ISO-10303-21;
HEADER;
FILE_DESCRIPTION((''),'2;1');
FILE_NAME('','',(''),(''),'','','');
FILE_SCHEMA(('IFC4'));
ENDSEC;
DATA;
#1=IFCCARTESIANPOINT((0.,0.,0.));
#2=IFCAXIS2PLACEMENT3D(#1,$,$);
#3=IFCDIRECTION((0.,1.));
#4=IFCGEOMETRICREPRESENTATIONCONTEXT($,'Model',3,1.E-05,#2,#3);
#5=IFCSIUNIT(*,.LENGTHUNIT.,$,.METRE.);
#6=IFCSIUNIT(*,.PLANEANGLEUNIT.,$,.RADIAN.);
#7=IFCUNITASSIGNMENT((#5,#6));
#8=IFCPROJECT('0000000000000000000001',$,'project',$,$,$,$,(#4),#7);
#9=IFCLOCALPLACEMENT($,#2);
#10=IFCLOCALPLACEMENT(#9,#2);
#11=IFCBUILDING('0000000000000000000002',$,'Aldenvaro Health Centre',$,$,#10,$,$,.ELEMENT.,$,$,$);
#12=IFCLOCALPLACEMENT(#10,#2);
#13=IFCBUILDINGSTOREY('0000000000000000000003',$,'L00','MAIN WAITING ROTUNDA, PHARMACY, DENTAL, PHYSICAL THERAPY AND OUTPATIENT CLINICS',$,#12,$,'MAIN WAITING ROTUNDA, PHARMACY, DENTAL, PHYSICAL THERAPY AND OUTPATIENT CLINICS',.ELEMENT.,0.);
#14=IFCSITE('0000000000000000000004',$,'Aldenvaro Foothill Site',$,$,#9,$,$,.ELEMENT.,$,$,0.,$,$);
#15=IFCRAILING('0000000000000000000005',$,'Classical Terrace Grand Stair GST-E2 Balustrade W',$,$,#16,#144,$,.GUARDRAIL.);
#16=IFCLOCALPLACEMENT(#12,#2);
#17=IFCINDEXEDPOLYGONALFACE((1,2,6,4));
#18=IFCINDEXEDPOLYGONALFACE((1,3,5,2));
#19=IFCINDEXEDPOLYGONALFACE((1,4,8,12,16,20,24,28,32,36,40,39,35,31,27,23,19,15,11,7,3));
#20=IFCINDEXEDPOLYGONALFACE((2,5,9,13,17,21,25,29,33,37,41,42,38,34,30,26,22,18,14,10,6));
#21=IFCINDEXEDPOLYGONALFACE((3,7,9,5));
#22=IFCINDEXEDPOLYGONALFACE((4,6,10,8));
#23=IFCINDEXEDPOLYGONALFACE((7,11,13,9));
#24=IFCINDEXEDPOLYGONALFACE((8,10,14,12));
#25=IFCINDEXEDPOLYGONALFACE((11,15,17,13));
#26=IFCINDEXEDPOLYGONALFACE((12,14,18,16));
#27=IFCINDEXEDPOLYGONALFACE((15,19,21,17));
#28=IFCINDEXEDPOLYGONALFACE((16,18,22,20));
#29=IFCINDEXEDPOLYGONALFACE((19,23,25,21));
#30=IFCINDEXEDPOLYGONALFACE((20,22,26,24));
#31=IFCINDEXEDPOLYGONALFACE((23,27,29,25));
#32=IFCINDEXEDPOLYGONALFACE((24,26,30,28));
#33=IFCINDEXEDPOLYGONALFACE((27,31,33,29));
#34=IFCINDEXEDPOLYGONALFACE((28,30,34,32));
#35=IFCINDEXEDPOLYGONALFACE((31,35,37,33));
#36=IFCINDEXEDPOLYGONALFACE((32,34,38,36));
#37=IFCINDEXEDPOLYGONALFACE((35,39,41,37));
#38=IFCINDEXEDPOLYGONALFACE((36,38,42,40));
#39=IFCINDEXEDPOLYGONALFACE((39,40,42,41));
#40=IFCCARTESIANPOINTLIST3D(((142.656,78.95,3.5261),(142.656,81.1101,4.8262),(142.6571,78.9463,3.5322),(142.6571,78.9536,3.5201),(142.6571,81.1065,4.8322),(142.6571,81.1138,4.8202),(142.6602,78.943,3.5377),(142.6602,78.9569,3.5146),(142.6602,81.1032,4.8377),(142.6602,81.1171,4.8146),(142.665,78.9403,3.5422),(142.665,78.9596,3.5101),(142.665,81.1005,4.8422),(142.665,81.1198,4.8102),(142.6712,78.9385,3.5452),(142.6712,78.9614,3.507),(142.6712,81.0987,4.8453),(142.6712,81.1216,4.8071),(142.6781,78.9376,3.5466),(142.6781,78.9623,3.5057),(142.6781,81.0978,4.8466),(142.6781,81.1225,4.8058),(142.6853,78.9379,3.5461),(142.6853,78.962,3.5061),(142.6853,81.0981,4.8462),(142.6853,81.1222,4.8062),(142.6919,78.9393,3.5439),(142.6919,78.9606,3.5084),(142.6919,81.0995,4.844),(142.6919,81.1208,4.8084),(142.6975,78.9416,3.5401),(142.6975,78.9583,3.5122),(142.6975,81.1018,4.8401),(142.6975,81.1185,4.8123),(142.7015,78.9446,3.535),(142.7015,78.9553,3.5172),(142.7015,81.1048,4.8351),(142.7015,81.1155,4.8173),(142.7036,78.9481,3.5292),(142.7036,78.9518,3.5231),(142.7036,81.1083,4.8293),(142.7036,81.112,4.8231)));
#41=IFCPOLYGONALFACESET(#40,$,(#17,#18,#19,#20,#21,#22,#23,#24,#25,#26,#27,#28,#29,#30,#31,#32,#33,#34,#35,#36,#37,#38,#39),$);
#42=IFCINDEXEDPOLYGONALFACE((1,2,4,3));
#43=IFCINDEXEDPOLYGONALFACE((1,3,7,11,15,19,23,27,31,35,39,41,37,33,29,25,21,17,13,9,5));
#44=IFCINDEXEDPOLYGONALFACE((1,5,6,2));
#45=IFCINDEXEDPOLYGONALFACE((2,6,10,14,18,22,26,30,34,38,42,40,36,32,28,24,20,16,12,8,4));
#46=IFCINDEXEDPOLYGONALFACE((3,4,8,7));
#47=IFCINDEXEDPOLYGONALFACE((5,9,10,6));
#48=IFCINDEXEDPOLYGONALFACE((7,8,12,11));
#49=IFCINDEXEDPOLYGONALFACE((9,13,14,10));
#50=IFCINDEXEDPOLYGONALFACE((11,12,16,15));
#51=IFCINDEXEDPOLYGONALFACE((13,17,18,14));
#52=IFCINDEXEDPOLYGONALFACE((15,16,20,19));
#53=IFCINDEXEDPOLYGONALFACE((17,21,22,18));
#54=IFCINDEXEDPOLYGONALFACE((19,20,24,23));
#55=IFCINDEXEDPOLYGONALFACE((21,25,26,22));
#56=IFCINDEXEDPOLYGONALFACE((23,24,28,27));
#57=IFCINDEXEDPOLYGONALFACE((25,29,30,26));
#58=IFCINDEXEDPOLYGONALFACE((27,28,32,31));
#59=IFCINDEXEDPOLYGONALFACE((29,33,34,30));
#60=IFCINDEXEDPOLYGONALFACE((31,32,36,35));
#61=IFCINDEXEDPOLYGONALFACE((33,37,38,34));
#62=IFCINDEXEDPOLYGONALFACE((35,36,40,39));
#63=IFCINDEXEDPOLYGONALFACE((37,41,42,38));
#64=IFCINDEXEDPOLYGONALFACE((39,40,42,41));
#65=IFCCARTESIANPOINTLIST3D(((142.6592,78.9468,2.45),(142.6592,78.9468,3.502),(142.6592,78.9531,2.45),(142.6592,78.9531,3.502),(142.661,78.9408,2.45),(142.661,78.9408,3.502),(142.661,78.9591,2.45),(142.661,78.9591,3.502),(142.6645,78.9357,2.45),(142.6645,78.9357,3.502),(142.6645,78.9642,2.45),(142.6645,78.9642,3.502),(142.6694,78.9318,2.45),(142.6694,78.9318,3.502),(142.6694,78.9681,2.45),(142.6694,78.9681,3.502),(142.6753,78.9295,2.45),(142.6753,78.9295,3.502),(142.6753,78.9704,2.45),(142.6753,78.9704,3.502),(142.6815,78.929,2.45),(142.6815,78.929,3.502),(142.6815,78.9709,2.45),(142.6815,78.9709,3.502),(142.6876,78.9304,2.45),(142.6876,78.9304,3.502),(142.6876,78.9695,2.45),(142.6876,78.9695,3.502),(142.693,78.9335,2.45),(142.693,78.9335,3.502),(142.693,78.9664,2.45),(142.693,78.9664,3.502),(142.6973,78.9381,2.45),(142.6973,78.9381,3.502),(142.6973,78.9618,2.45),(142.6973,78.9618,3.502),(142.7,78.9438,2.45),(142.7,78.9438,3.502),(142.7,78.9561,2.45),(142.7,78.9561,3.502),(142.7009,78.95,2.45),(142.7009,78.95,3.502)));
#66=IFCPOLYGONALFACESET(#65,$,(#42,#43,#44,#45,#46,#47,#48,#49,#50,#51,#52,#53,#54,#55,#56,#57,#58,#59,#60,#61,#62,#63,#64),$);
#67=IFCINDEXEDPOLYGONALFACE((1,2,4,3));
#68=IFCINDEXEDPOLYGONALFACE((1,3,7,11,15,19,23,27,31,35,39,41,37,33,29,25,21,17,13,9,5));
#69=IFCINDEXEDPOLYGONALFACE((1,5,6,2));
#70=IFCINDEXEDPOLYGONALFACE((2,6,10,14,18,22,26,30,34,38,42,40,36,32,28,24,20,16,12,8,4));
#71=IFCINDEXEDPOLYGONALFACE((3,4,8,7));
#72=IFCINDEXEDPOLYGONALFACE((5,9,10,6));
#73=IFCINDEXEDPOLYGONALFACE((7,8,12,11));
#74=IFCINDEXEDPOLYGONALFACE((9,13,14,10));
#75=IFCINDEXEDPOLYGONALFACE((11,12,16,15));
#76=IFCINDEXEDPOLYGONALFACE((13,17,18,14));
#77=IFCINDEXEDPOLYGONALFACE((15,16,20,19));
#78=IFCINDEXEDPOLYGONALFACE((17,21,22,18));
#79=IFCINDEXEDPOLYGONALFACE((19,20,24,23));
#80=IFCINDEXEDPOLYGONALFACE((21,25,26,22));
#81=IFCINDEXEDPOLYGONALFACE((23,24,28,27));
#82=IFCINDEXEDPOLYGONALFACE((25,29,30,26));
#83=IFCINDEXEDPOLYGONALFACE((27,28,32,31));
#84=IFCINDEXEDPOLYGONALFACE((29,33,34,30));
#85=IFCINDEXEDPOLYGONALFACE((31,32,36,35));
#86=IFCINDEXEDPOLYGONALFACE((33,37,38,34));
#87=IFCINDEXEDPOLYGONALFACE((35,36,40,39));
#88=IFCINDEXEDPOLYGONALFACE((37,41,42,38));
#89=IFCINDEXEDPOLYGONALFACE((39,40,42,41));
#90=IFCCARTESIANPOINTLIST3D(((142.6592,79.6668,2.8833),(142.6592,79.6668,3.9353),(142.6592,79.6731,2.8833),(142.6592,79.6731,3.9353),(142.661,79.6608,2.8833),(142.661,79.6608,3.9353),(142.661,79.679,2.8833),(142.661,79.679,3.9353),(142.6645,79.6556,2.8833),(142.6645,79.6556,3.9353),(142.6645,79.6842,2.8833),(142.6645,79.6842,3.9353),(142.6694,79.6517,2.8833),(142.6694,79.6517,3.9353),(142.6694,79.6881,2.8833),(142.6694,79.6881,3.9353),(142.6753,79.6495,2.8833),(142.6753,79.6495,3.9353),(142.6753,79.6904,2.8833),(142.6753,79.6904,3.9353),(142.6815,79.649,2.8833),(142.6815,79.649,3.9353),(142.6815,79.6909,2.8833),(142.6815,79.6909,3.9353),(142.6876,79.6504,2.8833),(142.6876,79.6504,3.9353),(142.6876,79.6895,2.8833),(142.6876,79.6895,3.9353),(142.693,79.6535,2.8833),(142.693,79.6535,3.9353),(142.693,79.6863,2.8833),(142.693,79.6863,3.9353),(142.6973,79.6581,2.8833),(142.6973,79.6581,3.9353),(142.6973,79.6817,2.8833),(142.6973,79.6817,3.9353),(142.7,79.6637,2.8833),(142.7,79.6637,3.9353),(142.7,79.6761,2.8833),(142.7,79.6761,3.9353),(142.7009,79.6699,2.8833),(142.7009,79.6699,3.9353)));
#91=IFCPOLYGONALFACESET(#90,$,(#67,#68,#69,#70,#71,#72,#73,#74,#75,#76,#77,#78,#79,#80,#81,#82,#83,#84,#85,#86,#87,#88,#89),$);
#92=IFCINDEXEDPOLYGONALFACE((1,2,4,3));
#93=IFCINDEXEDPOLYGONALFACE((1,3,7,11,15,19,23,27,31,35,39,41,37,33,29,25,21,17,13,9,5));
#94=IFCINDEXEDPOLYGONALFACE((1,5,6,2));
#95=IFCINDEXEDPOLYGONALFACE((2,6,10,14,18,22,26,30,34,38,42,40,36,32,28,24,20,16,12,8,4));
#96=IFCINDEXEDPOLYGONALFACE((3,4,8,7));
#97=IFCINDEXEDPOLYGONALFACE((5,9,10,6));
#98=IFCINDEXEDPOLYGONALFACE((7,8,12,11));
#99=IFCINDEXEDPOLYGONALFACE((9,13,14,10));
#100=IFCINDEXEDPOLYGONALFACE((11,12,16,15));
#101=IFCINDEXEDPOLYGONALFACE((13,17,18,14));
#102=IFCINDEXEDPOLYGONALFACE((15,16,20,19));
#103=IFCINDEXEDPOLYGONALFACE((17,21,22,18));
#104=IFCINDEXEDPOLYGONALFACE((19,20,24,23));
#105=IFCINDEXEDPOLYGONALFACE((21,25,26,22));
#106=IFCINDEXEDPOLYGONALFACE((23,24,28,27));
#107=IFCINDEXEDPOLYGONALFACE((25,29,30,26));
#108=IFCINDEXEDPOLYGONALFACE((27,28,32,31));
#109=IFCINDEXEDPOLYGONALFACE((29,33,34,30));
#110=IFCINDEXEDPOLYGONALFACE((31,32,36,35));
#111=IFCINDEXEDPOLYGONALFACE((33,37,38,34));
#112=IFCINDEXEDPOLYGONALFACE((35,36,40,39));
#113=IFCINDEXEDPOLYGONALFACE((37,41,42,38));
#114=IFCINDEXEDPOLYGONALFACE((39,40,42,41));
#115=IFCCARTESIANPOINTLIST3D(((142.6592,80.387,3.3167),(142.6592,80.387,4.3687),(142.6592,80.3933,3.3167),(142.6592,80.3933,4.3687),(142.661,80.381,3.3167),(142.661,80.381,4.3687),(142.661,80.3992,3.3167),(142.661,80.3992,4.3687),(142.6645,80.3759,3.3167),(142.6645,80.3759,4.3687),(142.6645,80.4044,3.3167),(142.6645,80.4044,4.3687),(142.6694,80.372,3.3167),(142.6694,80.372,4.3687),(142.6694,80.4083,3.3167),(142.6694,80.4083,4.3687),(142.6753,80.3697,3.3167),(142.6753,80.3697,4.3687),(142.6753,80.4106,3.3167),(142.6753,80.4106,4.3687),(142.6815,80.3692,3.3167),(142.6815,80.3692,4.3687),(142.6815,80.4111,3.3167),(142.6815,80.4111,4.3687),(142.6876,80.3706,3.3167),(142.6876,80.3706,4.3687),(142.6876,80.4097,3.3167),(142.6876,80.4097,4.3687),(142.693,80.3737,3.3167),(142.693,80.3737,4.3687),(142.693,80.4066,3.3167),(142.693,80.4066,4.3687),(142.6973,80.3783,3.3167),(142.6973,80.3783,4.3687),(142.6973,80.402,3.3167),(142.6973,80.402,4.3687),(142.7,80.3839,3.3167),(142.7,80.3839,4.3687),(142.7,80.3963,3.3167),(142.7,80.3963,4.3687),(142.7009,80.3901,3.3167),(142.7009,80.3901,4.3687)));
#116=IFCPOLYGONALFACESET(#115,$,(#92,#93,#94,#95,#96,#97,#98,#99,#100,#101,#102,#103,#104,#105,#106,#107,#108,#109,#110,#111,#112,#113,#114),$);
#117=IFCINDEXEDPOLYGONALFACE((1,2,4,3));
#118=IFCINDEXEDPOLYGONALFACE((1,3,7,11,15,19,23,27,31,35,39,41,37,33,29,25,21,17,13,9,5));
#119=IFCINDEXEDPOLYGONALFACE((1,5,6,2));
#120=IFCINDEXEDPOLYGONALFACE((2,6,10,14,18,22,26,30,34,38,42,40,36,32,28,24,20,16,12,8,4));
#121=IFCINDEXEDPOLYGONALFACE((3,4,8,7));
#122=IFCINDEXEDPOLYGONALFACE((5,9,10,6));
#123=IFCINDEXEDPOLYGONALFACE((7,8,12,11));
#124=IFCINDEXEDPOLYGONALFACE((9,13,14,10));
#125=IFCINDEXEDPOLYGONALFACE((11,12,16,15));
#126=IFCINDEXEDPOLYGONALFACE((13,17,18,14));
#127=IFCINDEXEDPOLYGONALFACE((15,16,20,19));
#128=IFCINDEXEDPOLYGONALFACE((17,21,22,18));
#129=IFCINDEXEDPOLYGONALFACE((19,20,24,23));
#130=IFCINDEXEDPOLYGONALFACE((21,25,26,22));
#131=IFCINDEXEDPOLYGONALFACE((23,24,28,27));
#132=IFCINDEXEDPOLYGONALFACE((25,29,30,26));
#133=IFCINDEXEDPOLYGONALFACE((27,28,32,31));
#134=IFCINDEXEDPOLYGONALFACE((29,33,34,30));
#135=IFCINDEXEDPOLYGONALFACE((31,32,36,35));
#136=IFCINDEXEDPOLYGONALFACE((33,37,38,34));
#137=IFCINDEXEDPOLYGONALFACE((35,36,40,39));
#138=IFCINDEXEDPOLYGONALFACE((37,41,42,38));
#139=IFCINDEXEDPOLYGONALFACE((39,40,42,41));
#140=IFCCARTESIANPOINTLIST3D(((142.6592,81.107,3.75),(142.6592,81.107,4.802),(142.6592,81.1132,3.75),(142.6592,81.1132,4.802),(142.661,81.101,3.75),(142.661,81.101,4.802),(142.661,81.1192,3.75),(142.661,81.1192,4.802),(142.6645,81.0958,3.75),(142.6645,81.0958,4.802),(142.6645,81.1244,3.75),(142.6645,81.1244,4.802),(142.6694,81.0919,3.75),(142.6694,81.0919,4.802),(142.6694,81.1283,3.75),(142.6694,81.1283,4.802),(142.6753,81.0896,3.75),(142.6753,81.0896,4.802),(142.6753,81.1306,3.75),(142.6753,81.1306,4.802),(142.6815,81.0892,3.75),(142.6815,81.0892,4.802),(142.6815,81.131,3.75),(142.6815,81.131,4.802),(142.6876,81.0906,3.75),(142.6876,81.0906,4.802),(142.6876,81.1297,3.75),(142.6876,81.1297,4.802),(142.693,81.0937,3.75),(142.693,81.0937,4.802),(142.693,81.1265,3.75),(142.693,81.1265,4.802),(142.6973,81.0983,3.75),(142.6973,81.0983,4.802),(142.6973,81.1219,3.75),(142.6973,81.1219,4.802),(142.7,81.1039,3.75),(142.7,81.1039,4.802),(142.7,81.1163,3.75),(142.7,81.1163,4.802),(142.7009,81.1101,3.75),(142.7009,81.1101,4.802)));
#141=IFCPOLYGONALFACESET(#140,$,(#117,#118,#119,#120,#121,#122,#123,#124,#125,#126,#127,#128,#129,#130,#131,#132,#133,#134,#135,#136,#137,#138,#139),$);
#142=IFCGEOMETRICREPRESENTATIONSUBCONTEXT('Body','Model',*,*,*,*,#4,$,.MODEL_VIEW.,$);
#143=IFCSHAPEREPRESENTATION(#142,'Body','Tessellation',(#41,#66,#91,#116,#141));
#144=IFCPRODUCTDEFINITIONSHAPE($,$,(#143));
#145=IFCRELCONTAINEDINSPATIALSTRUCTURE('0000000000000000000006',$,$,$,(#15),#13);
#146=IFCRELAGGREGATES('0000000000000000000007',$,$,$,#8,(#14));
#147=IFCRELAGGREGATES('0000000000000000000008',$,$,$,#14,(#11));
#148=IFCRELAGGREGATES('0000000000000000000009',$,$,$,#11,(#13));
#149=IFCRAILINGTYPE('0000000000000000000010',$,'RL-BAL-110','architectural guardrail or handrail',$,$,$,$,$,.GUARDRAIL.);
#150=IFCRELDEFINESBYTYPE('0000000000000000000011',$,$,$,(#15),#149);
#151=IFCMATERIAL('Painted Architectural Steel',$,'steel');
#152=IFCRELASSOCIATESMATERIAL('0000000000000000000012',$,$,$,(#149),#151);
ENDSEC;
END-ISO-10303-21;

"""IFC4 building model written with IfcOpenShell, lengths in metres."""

from ifc_helpers import new_model, si_unit, direction, frame, origin, origin_2d, place, context, subcontext, project, spatial, circle, extrude, material, type_object, element, save


model = new_model("IFC4")

# Units and contexts
model_context = context("Model", 3, precision=1e-05, world=origin(), true_north=direction((0.0, 1.0)))
body_context = subcontext(model_context, "Body", "Model", "MODEL_VIEW")
ifc_project = project(units=[si_unit("LENGTHUNIT", "METRE"), si_unit("PLANEANGLEUNIT", "RADIAN")], contexts=[model_context])

# Site, building, storey
site_placement = place(None, origin())
site = spatial("IfcSite", under=ifc_project, at=site_placement, Name="Aldenvaro Foothill Site", CompositionType="ELEMENT", RefElevation=0.0)
building_placement = place(site_placement, origin())
building = spatial("IfcBuilding", under=site, at=building_placement, Name="Aldenvaro Health Centre", CompositionType="ELEMENT")
storey_placement = place(building_placement, origin())
storey = spatial("IfcBuildingStorey", under=building, at=storey_placement, Name="L00", Description="MAIN WAITING ROTUNDA, PHARMACY, DENTAL, PHYSICAL THERAPY AND OUTPATIENT CLINICS", LongName="MAIN WAITING ROTUNDA, PHARMACY, DENTAL, PHYSICAL THERAPY AND OUTPATIENT CLINICS", CompositionType="ELEMENT", Elevation=0.0)

# Railing
ifc_material_1 = material(Name="Painted Architectural Steel", Category="steel")
railing_type_1 = type_object("IfcRailingType", Name="RL-BAL-110", Description="architectural guardrail or handrail", PredefinedType="GUARDRAIL", material=ifc_material_1)
for number, where, name in (
    (1, (142.6799, 78.95, 2.45), "Classical Terrace Grand Stair GST-E2 Balustrade W"),
):
    element("IfcRailing", number, at=place(storey_placement, frame(where)), inside=storey, type_object=railing_type_1, Name=name, PredefinedType="GUARDRAIL", context=body_context, shape_type="SweptSolid", body=[
        extrude(circle(Radius=0.0239, at=origin_2d()), frame((0.0, 0.0, 1.0762), z_axis=(0.0, 0.8568, 0.515649), x_axis=(-1.0, 0.0, 0.0)), (0.0, 0.0, 1.0), 2.5212),
        extrude(circle(Radius=0.021, at=origin_2d()), origin(), (0.0, 0.0, 1.0), 1.052),
        extrude(circle(Radius=0.021, at=origin_2d()), frame((0.0, 0.72, 0.4333)), (0.0, 0.0, 1.0), 1.052),
        extrude(circle(Radius=0.021, at=origin_2d()), frame((0.0, 1.4402, 0.8667)), (0.0, 0.0, 1.0), 1.052),
        extrude(circle(Radius=0.021, at=origin_2d()), frame((0.0, 2.1602, 1.3)), (0.0, 0.0, 1.0), 1.052),
    ])

save(model, "model.ifc")
